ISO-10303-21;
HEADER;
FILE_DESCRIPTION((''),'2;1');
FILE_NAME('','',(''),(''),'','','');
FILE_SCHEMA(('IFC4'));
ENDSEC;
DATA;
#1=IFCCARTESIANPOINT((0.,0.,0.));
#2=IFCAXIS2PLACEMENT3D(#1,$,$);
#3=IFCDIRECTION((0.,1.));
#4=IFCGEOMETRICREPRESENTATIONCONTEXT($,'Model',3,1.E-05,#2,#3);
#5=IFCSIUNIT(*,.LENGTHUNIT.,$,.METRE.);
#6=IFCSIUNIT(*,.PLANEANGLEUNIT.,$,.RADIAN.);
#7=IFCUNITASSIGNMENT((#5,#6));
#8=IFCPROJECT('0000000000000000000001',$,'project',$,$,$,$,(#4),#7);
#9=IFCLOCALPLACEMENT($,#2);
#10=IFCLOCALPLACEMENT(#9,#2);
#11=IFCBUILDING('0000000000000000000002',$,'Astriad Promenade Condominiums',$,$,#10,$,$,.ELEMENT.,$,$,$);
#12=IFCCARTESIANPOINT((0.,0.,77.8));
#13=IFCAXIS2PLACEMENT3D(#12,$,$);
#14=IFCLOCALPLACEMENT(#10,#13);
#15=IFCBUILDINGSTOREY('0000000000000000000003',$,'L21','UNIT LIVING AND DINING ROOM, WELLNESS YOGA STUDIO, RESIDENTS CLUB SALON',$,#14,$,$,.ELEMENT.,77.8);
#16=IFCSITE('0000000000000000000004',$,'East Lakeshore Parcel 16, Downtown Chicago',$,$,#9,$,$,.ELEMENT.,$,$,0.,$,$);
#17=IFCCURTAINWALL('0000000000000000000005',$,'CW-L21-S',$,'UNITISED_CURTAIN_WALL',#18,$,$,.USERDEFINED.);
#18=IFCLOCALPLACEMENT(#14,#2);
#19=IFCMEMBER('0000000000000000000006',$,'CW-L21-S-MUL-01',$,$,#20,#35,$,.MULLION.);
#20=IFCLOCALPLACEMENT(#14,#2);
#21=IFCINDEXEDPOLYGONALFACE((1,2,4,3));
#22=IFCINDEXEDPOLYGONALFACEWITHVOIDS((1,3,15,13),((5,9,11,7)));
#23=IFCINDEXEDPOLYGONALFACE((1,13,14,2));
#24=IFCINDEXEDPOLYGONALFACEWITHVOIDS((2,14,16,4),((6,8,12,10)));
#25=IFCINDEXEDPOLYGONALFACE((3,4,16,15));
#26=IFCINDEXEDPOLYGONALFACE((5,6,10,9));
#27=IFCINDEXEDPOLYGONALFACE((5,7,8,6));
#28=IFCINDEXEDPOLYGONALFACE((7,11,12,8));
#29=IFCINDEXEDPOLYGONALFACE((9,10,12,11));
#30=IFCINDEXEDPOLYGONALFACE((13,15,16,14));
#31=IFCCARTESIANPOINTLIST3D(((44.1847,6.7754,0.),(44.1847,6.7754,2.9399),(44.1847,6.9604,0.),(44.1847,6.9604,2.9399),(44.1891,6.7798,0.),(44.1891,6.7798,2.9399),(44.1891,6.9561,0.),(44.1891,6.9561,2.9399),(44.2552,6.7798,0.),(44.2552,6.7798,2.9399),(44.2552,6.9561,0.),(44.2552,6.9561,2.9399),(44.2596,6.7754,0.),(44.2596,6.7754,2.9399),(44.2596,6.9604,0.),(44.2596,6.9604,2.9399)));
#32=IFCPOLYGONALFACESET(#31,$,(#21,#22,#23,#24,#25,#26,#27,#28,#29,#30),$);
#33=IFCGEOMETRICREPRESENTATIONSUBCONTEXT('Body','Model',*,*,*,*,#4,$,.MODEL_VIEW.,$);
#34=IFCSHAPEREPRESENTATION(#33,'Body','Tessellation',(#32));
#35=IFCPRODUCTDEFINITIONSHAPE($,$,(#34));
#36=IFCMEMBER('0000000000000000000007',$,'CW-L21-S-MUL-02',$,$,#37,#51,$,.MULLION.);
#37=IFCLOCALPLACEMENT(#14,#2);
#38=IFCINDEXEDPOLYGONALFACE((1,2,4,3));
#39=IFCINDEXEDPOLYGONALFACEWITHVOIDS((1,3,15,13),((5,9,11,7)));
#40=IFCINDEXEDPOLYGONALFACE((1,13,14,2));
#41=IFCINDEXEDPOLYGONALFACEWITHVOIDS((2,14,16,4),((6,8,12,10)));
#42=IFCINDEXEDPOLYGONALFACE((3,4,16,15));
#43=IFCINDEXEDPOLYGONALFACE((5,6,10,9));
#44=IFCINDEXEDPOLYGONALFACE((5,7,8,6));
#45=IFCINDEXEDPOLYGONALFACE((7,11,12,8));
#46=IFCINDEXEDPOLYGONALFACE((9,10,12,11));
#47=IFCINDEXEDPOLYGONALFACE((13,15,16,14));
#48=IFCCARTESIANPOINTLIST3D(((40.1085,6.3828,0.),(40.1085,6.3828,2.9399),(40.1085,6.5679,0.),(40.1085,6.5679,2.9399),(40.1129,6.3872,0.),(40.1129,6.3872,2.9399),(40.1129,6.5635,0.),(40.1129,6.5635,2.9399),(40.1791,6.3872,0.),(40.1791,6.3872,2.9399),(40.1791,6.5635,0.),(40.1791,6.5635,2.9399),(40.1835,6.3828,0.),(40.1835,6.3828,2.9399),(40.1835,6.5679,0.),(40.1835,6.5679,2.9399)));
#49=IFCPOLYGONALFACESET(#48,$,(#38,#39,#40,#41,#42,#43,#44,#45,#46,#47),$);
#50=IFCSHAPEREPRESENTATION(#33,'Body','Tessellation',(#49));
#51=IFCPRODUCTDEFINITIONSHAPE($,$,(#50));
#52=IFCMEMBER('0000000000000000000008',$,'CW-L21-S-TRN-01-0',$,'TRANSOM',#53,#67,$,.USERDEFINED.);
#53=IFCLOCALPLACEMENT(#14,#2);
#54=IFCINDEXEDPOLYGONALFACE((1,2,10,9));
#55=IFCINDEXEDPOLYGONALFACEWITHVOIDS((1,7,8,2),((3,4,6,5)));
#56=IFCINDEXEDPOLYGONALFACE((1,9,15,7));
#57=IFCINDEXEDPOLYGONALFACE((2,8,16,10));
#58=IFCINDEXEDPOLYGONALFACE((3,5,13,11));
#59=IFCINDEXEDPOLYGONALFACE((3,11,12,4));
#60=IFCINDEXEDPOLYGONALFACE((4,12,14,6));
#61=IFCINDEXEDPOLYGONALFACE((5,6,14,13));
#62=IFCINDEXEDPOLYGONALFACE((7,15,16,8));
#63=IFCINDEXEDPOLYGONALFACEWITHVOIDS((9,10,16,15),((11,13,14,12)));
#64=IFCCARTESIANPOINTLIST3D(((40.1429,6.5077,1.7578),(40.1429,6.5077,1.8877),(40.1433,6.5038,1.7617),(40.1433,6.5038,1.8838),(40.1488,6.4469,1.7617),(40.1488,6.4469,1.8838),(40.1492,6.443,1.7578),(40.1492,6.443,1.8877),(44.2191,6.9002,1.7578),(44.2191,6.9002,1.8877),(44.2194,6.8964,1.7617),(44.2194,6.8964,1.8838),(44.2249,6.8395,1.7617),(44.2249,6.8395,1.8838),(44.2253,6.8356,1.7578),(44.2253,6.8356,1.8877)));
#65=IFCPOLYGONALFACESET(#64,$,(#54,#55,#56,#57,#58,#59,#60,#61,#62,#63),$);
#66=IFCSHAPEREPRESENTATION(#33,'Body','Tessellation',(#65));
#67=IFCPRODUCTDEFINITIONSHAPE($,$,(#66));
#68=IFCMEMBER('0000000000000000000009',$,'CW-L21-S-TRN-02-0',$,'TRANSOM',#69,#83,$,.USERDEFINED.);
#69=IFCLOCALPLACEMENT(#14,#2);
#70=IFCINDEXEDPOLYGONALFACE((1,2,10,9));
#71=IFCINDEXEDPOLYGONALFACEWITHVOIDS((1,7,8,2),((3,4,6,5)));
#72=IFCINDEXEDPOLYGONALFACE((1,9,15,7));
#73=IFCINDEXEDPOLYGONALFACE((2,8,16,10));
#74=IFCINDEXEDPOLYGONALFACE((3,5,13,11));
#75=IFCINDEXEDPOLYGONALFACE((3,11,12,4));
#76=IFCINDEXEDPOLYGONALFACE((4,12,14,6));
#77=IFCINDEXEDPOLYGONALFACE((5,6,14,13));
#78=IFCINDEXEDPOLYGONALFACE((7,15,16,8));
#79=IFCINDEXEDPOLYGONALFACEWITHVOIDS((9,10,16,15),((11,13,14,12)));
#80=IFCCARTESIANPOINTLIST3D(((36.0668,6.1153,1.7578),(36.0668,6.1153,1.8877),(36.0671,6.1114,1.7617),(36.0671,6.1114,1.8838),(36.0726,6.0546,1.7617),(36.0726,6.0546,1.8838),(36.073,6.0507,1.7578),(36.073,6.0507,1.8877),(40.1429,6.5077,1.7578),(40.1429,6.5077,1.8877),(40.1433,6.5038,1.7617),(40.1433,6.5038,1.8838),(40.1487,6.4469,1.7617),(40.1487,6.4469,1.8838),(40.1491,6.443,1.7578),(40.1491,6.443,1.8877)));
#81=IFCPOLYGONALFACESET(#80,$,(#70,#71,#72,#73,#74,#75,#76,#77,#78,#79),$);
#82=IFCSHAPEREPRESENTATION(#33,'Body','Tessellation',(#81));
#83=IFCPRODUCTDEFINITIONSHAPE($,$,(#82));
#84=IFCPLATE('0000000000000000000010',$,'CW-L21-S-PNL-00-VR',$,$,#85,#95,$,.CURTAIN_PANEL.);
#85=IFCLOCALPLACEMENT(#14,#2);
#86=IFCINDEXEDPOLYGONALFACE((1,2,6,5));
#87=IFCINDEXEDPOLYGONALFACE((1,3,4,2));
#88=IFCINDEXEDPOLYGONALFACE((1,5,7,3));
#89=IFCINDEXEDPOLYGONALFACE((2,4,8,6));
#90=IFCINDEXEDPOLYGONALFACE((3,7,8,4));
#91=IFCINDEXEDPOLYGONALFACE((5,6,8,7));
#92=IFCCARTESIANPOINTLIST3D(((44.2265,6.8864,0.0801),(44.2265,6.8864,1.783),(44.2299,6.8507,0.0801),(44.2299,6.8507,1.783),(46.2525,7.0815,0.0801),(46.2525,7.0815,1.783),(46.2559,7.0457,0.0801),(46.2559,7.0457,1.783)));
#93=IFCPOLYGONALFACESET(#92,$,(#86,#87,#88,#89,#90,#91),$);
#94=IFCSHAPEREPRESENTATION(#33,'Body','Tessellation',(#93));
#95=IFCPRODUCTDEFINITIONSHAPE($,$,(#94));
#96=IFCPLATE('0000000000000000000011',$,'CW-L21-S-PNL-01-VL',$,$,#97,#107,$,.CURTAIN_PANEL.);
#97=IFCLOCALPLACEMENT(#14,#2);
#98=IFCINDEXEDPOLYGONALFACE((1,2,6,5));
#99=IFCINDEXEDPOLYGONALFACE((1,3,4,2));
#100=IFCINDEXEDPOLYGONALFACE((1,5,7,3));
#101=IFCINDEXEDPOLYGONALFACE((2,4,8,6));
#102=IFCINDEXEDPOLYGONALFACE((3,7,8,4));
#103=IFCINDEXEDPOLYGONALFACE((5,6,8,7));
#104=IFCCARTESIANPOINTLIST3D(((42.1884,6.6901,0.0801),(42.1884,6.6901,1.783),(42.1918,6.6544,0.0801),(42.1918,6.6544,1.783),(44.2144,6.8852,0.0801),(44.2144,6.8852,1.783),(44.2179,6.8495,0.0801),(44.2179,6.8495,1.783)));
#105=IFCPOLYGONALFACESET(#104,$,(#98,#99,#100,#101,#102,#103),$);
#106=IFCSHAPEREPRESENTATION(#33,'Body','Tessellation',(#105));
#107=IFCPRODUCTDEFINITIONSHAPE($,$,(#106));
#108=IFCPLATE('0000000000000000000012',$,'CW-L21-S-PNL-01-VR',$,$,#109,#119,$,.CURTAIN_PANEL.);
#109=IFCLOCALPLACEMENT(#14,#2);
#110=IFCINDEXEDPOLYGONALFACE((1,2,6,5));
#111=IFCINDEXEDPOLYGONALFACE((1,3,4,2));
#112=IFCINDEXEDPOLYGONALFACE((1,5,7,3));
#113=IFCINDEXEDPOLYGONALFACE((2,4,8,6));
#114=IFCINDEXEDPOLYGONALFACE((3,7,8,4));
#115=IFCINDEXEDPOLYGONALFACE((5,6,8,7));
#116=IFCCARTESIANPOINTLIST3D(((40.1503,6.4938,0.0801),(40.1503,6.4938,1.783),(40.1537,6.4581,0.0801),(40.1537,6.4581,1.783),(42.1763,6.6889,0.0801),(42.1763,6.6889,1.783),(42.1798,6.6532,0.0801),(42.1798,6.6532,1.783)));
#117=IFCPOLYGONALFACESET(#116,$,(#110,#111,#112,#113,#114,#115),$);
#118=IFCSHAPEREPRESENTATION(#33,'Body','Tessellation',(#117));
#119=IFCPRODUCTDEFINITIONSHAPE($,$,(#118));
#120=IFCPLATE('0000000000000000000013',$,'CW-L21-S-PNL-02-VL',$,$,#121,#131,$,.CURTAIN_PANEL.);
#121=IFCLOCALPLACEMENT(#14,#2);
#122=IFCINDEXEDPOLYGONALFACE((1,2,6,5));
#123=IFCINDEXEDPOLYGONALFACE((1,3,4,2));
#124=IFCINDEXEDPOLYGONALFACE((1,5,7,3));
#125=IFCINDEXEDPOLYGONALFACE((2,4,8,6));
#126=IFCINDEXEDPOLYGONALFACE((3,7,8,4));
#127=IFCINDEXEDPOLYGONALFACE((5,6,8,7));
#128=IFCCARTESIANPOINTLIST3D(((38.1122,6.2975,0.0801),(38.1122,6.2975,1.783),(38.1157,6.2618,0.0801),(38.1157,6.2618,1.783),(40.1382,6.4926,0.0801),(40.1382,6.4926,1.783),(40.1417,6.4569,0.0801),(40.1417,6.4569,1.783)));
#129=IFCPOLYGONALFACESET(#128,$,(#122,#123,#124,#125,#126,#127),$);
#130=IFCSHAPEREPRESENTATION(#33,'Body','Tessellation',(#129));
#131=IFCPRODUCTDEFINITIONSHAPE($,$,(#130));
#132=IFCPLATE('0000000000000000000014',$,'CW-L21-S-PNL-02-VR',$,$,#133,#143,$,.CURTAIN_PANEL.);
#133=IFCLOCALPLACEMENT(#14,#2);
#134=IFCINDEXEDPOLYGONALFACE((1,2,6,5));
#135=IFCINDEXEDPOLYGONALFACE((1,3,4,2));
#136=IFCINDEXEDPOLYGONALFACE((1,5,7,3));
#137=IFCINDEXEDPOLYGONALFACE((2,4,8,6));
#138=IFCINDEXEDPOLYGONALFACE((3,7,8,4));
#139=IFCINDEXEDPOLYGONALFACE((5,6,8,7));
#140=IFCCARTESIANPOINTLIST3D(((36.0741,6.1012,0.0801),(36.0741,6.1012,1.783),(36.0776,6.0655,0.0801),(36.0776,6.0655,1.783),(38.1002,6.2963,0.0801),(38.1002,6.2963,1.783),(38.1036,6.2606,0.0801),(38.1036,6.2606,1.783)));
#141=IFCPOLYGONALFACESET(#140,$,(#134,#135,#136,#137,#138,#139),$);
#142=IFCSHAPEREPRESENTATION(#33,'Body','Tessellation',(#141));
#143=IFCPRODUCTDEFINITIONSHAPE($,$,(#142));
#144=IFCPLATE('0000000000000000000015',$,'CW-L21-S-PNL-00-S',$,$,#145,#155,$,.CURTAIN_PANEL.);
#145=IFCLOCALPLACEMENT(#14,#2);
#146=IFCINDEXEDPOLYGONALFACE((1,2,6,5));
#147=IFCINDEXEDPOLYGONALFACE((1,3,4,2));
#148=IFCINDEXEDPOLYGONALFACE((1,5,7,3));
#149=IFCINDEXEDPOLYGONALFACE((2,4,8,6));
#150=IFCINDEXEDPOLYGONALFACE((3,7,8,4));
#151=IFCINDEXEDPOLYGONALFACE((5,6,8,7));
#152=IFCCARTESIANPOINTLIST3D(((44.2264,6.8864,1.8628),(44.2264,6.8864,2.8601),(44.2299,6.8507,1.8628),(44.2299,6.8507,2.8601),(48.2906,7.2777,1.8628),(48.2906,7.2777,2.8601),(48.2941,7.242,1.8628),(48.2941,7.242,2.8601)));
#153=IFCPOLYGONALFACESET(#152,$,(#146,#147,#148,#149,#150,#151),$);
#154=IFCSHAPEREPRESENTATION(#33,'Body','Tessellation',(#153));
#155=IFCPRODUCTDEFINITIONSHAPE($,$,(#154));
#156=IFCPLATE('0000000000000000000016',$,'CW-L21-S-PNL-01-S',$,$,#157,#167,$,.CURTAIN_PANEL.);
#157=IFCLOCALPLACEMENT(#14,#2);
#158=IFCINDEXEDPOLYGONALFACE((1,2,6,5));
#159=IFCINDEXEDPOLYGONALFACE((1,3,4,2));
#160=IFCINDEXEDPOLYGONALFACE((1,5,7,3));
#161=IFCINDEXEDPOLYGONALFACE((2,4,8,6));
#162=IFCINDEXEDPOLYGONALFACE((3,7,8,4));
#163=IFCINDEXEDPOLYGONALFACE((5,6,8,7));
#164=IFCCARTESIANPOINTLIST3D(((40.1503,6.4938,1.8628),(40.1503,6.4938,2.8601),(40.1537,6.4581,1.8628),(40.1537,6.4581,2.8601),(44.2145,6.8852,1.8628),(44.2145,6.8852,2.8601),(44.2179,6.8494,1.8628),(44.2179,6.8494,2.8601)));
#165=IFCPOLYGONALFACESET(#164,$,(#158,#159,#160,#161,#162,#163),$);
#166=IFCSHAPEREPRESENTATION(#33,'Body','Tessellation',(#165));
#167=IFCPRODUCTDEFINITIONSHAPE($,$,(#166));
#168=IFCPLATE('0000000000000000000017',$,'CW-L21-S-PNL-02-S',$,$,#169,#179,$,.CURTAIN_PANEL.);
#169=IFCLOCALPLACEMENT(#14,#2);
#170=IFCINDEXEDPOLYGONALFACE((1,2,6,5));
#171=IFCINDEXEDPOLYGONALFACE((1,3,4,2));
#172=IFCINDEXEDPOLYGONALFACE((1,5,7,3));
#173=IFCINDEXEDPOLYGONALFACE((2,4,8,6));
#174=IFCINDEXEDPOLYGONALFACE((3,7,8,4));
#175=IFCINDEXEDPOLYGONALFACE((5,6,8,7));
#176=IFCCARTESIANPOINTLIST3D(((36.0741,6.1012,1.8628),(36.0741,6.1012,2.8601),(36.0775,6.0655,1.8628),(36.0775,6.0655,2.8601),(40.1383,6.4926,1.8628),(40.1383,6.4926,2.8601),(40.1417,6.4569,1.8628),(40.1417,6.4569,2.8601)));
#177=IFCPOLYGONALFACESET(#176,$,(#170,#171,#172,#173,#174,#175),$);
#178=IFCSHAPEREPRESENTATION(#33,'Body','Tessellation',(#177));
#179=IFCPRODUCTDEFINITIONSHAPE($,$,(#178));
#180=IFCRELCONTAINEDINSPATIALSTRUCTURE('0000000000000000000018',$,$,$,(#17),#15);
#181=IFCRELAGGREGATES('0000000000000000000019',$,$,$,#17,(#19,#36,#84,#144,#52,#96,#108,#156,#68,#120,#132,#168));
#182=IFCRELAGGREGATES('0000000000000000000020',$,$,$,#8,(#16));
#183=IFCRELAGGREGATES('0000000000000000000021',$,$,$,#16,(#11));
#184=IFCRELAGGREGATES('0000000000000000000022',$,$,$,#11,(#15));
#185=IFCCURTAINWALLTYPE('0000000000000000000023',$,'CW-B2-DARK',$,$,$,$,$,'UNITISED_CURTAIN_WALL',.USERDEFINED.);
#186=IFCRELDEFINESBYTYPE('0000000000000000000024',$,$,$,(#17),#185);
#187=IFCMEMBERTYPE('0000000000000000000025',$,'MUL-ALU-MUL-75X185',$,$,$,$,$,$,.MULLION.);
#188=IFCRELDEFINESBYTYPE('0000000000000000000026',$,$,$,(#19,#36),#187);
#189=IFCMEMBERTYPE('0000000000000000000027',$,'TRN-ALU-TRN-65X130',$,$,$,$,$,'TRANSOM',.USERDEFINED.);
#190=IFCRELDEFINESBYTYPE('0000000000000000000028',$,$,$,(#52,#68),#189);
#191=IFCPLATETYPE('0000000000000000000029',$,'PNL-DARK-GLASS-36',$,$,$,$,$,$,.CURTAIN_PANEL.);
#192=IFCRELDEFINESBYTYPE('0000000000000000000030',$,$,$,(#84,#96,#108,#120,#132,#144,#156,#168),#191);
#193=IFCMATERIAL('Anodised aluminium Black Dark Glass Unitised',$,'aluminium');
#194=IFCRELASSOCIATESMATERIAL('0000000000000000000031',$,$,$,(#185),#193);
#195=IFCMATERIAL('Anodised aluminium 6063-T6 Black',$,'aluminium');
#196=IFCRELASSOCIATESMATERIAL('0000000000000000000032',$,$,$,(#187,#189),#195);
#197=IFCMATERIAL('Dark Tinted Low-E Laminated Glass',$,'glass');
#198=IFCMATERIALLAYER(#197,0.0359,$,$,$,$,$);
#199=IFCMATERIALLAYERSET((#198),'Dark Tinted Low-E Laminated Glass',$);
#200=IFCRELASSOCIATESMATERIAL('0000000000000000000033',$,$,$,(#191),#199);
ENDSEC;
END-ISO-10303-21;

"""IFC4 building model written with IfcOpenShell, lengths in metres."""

from ifc_helpers import new_model, si_unit, direction, frame, origin, origin_2d, place, context, subcontext, project, spatial, rectangle, hollow_rectangle, extrude, source, transform, mapped, material, layer, layer_set, material_profile, profile_set, type_object, type_shapes, element, aggregate, save


model = new_model("IFC4")

# Units and contexts
model_context = context("Model", 3, precision=1e-05, world=origin(), true_north=direction((0.0, 1.0)))
body_context = subcontext(model_context, "Body", "Model", "MODEL_VIEW")
ifc_project = project(units=[si_unit("LENGTHUNIT", "METRE"), si_unit("PLANEANGLEUNIT", "RADIAN")], contexts=[model_context])

# Site, building, storey
site_placement = place(None, origin())
site = spatial("IfcSite", under=ifc_project, at=site_placement, Name="East Lakeshore Parcel 16, Downtown Chicago", CompositionType="ELEMENT", RefElevation=0.0)
building_placement = place(site_placement, origin())
building = spatial("IfcBuilding", under=site, at=building_placement, Name="Astriad Promenade Condominiums", CompositionType="ELEMENT")
storey_placement = place(building_placement, frame((0.0, 0.0, 77.8)))
storey = spatial("IfcBuildingStorey", under=building, at=storey_placement, Name="L21", Description="UNIT LIVING AND DINING ROOM, WELLNESS YOGA STUDIO, RESIDENTS CLUB SALON", CompositionType="ELEMENT", Elevation=77.8)

# Curtain wall, members, plates
ifc_material_1 = material(Name="Anodised aluminium Black Dark Glass Unitised", Category="aluminium")
curtain_wall_type = type_object("IfcCurtainWallType", Name="CW-B2-DARK", ElementType="UNITISED_CURTAIN_WALL", PredefinedType="USERDEFINED", material=ifc_material_1)
curtain_wall_placement = place(storey_placement, origin())
curtain_wall = element("IfcCurtainWall", 1, at=curtain_wall_placement, inside=storey, type_object=curtain_wall_type, Name="CW-L21-S", ObjectType="UNITISED_CURTAIN_WALL", PredefinedType="USERDEFINED")
ifc_material_2 = material(Name="Anodised aluminium 6063-T6 Black", Category="aluminium")
ifc_material_profile_1 = material_profile(ifc_material_2, hollow_rectangle(XDim=0.075, YDim=0.1851, WallThickness=0.0044, at=origin_2d()), Name="ALU-MUL-75X185")
ifc_profile_set_1 = profile_set([ifc_material_profile_1], Name="Anodised aluminium 6063-T6 Black")
member_type_1 = type_object("IfcMemberType", Name="MUL-ALU-MUL-75X185", PredefinedType="MULLION", material=ifc_profile_set_1)
shared_shape_1 = source(origin(), body_context, "Body", "SweptSolid", [
    extrude(hollow_rectangle(XDim=0.075, YDim=0.1851, WallThickness=0.0044, at=origin_2d()), origin(), (0.0, 0.0, 1.0), 2.9399),
])
type_shapes(member_type_1, [shared_shape_1])
member_1_placement = place(storey_placement, frame((44.2222, 6.8679, 0.0), z_axis=(0.0, 0.0, 1.0), x_axis=(1.0, 0.0, 0.0)))
member_1 = element("IfcMember", 2, at=member_1_placement, type_object=member_type_1, Name="CW-L21-S-MUL-01", PredefinedType="MULLION", context=body_context, shape_type="MappedRepresentation", body=[
    mapped(shared_shape_1, transform((0.0, 0.0, 0.0), scale=1.0)),
])
member_2_placement = place(storey_placement, frame((40.146, 6.4753, 0.0), z_axis=(0.0, 0.0, 1.0), x_axis=(1.0, 0.0, 0.0)))
member_2 = element("IfcMember", 3, at=member_2_placement, type_object=member_type_1, Name="CW-L21-S-MUL-02", PredefinedType="MULLION", context=body_context, shape_type="MappedRepresentation", body=[
    mapped(shared_shape_1, transform((0.0, 0.0, 0.0), scale=1.0)),
])
ifc_material_profile_2 = material_profile(ifc_material_2, hollow_rectangle(XDim=0.0649, YDim=0.1299, WallThickness=0.0039, at=origin_2d()), Name="ALU-TRN-65X130")
ifc_profile_set_2 = profile_set([ifc_material_profile_2], Name="Anodised aluminium 6063-T6 Black")
member_type_2 = type_object("IfcMemberType", Name="TRN-ALU-TRN-65X130", ElementType="TRANSOM", PredefinedType="USERDEFINED", material=ifc_profile_set_2)
shared_shape_2 = source(origin(), body_context, "Body", "SweptSolid", [
    extrude(hollow_rectangle(XDim=0.0649, YDim=0.1299, WallThickness=0.0039, at=origin_2d()), origin(), (0.0, 0.0, 1.0), 4.095),
])
type_shapes(member_type_2, [shared_shape_2])
member_3_placement = place(storey_placement, frame((44.2222, 6.8679, 1.8228), z_axis=(-0.995394, -0.095867, 0.0), x_axis=(0.095867, -0.995394, 0.0)))
member_3 = element("IfcMember", 4, at=member_3_placement, type_object=member_type_2, Name="CW-L21-S-TRN-01-0", ObjectType="TRANSOM", PredefinedType="USERDEFINED", context=body_context, shape_type="MappedRepresentation", body=[
    mapped(shared_shape_2, transform((0.0, 0.0, 0.0), scale=1.0)),
])
member_4_placement = place(storey_placement, frame((40.146, 6.4753, 1.8228), z_axis=(-0.9954, -0.095808, 0.0), x_axis=(0.095808, -0.9954, 0.0)))
member_4 = element("IfcMember", 5, at=member_4_placement, type_object=member_type_2, Name="CW-L21-S-TRN-02-0", ObjectType="TRANSOM", PredefinedType="USERDEFINED", context=body_context, shape_type="MappedRepresentation", body=[
    mapped(shared_shape_2, transform((0.0, 0.0, 0.0), scale=1.0)),
])
ifc_material_3 = material(Name="Dark Tinted Low-E Laminated Glass", Category="glass")
ifc_layer_1 = layer(ifc_material_3, 0.0359)
ifc_layer_set_1 = layer_set([ifc_layer_1], Name="Dark Tinted Low-E Laminated Glass")
plate_type = type_object("IfcPlateType", Name="PNL-DARK-GLASS-36", PredefinedType="CURTAIN_PANEL", material=ifc_layer_set_1)
shared_shape_3 = source(origin(), body_context, "Body", "SweptSolid", [
    extrude(rectangle(XDim=2.0354, YDim=0.0359, at=origin_2d()), origin(), (0.0, 0.0, 1.0), 1.7029),
])
plate_1_placement = place(storey_placement, frame((45.2412, 6.9661, 0.0801), z_axis=(0.0, 0.0, 1.0), x_axis=(-0.995396, -0.095846, 0.0)))
plate_1 = element("IfcPlate", 6, at=plate_1_placement, type_object=plate_type, Name="CW-L21-S-PNL-00-VR", PredefinedType="CURTAIN_PANEL", context=body_context, shape_type="MappedRepresentation", body=[
    mapped(shared_shape_3, transform((0.0, 0.0, 0.0), scale=1.0)),
])
plate_2_placement = place(storey_placement, frame((43.2031, 6.7698, 0.0801), z_axis=(0.0, 0.0, 1.0), x_axis=(-0.995396, -0.095846, 0.0)))
plate_2 = element("IfcPlate", 7, at=plate_2_placement, type_object=plate_type, Name="CW-L21-S-PNL-01-VL", PredefinedType="CURTAIN_PANEL", context=body_context, shape_type="MappedRepresentation", body=[
    mapped(shared_shape_3, transform((0.0, 0.0, 0.0), scale=1.0)),
])
plate_3_placement = place(storey_placement, frame((41.165, 6.5735, 0.0801), z_axis=(0.0, 0.0, 1.0), x_axis=(-0.995396, -0.095846, 0.0)))
plate_3 = element("IfcPlate", 8, at=plate_3_placement, type_object=plate_type, Name="CW-L21-S-PNL-01-VR", PredefinedType="CURTAIN_PANEL", context=body_context, shape_type="MappedRepresentation", body=[
    mapped(shared_shape_3, transform((0.0, 0.0, 0.0), scale=1.0)),
])
plate_4_placement = place(storey_placement, frame((39.127, 6.3772, 0.0801), z_axis=(0.0, 0.0, 1.0), x_axis=(-0.995396, -0.095846, 0.0)))
plate_4 = element("IfcPlate", 9, at=plate_4_placement, type_object=plate_type, Name="CW-L21-S-PNL-02-VL", PredefinedType="CURTAIN_PANEL", context=body_context, shape_type="MappedRepresentation", body=[
    mapped(shared_shape_3, transform((0.0, 0.0, 0.0), scale=1.0)),
])
plate_5_placement = place(storey_placement, frame((37.0889, 6.1809, 0.0801), z_axis=(0.0, 0.0, 1.0), x_axis=(-0.995396, -0.095846, 0.0)))
plate_5 = element("IfcPlate", 10, at=plate_5_placement, type_object=plate_type, Name="CW-L21-S-PNL-02-VR", PredefinedType="CURTAIN_PANEL", context=body_context, shape_type="MappedRepresentation", body=[
    mapped(shared_shape_3, transform((0.0, 0.0, 0.0), scale=1.0)),
])
shared_shape_4 = source(origin(), body_context, "Body", "SweptSolid", [
    extrude(rectangle(XDim=4.083, YDim=0.0359, at=origin_2d()), origin(), (0.0, 0.0, 1.0), 0.9973),
])
type_shapes(plate_type, [shared_shape_3, shared_shape_4])
plate_6_placement = place(storey_placement, frame((46.2603, 7.0642, 1.8628), z_axis=(0.0, 0.0, 1.0), x_axis=(-0.995396, -0.095846, 0.0)))
plate_6 = element("IfcPlate", 11, at=plate_6_placement, type_object=plate_type, Name="CW-L21-S-PNL-00-S", PredefinedType="CURTAIN_PANEL", context=body_context, shape_type="MappedRepresentation", body=[
    mapped(shared_shape_4, transform((0.0, 0.0, 0.0), scale=1.0)),
])
plate_7_placement = place(storey_placement, frame((42.1841, 6.6716, 1.8628), z_axis=(0.0, 0.0, 1.0), x_axis=(-0.995396, -0.095846, 0.0)))
plate_7 = element("IfcPlate", 12, at=plate_7_placement, type_object=plate_type, Name="CW-L21-S-PNL-01-S", PredefinedType="CURTAIN_PANEL", context=body_context, shape_type="MappedRepresentation", body=[
    mapped(shared_shape_4, transform((0.0, 0.0, 0.0), scale=1.0)),
])
plate_8_placement = place(storey_placement, frame((38.1079, 6.2791, 1.8628), z_axis=(0.0, 0.0, 1.0), x_axis=(-0.995396, -0.095846, 0.0)))
plate_8 = element("IfcPlate", 13, at=plate_8_placement, type_object=plate_type, Name="CW-L21-S-PNL-02-S", PredefinedType="CURTAIN_PANEL", context=body_context, shape_type="MappedRepresentation", body=[
    mapped(shared_shape_4, transform((0.0, 0.0, 0.0), scale=1.0)),
])
aggregate(curtain_wall, [member_1, member_2, plate_1, plate_6, member_3, plate_2, plate_3, plate_7, member_4, plate_4, plate_5, plate_8])

save(model, "model.ifc")
